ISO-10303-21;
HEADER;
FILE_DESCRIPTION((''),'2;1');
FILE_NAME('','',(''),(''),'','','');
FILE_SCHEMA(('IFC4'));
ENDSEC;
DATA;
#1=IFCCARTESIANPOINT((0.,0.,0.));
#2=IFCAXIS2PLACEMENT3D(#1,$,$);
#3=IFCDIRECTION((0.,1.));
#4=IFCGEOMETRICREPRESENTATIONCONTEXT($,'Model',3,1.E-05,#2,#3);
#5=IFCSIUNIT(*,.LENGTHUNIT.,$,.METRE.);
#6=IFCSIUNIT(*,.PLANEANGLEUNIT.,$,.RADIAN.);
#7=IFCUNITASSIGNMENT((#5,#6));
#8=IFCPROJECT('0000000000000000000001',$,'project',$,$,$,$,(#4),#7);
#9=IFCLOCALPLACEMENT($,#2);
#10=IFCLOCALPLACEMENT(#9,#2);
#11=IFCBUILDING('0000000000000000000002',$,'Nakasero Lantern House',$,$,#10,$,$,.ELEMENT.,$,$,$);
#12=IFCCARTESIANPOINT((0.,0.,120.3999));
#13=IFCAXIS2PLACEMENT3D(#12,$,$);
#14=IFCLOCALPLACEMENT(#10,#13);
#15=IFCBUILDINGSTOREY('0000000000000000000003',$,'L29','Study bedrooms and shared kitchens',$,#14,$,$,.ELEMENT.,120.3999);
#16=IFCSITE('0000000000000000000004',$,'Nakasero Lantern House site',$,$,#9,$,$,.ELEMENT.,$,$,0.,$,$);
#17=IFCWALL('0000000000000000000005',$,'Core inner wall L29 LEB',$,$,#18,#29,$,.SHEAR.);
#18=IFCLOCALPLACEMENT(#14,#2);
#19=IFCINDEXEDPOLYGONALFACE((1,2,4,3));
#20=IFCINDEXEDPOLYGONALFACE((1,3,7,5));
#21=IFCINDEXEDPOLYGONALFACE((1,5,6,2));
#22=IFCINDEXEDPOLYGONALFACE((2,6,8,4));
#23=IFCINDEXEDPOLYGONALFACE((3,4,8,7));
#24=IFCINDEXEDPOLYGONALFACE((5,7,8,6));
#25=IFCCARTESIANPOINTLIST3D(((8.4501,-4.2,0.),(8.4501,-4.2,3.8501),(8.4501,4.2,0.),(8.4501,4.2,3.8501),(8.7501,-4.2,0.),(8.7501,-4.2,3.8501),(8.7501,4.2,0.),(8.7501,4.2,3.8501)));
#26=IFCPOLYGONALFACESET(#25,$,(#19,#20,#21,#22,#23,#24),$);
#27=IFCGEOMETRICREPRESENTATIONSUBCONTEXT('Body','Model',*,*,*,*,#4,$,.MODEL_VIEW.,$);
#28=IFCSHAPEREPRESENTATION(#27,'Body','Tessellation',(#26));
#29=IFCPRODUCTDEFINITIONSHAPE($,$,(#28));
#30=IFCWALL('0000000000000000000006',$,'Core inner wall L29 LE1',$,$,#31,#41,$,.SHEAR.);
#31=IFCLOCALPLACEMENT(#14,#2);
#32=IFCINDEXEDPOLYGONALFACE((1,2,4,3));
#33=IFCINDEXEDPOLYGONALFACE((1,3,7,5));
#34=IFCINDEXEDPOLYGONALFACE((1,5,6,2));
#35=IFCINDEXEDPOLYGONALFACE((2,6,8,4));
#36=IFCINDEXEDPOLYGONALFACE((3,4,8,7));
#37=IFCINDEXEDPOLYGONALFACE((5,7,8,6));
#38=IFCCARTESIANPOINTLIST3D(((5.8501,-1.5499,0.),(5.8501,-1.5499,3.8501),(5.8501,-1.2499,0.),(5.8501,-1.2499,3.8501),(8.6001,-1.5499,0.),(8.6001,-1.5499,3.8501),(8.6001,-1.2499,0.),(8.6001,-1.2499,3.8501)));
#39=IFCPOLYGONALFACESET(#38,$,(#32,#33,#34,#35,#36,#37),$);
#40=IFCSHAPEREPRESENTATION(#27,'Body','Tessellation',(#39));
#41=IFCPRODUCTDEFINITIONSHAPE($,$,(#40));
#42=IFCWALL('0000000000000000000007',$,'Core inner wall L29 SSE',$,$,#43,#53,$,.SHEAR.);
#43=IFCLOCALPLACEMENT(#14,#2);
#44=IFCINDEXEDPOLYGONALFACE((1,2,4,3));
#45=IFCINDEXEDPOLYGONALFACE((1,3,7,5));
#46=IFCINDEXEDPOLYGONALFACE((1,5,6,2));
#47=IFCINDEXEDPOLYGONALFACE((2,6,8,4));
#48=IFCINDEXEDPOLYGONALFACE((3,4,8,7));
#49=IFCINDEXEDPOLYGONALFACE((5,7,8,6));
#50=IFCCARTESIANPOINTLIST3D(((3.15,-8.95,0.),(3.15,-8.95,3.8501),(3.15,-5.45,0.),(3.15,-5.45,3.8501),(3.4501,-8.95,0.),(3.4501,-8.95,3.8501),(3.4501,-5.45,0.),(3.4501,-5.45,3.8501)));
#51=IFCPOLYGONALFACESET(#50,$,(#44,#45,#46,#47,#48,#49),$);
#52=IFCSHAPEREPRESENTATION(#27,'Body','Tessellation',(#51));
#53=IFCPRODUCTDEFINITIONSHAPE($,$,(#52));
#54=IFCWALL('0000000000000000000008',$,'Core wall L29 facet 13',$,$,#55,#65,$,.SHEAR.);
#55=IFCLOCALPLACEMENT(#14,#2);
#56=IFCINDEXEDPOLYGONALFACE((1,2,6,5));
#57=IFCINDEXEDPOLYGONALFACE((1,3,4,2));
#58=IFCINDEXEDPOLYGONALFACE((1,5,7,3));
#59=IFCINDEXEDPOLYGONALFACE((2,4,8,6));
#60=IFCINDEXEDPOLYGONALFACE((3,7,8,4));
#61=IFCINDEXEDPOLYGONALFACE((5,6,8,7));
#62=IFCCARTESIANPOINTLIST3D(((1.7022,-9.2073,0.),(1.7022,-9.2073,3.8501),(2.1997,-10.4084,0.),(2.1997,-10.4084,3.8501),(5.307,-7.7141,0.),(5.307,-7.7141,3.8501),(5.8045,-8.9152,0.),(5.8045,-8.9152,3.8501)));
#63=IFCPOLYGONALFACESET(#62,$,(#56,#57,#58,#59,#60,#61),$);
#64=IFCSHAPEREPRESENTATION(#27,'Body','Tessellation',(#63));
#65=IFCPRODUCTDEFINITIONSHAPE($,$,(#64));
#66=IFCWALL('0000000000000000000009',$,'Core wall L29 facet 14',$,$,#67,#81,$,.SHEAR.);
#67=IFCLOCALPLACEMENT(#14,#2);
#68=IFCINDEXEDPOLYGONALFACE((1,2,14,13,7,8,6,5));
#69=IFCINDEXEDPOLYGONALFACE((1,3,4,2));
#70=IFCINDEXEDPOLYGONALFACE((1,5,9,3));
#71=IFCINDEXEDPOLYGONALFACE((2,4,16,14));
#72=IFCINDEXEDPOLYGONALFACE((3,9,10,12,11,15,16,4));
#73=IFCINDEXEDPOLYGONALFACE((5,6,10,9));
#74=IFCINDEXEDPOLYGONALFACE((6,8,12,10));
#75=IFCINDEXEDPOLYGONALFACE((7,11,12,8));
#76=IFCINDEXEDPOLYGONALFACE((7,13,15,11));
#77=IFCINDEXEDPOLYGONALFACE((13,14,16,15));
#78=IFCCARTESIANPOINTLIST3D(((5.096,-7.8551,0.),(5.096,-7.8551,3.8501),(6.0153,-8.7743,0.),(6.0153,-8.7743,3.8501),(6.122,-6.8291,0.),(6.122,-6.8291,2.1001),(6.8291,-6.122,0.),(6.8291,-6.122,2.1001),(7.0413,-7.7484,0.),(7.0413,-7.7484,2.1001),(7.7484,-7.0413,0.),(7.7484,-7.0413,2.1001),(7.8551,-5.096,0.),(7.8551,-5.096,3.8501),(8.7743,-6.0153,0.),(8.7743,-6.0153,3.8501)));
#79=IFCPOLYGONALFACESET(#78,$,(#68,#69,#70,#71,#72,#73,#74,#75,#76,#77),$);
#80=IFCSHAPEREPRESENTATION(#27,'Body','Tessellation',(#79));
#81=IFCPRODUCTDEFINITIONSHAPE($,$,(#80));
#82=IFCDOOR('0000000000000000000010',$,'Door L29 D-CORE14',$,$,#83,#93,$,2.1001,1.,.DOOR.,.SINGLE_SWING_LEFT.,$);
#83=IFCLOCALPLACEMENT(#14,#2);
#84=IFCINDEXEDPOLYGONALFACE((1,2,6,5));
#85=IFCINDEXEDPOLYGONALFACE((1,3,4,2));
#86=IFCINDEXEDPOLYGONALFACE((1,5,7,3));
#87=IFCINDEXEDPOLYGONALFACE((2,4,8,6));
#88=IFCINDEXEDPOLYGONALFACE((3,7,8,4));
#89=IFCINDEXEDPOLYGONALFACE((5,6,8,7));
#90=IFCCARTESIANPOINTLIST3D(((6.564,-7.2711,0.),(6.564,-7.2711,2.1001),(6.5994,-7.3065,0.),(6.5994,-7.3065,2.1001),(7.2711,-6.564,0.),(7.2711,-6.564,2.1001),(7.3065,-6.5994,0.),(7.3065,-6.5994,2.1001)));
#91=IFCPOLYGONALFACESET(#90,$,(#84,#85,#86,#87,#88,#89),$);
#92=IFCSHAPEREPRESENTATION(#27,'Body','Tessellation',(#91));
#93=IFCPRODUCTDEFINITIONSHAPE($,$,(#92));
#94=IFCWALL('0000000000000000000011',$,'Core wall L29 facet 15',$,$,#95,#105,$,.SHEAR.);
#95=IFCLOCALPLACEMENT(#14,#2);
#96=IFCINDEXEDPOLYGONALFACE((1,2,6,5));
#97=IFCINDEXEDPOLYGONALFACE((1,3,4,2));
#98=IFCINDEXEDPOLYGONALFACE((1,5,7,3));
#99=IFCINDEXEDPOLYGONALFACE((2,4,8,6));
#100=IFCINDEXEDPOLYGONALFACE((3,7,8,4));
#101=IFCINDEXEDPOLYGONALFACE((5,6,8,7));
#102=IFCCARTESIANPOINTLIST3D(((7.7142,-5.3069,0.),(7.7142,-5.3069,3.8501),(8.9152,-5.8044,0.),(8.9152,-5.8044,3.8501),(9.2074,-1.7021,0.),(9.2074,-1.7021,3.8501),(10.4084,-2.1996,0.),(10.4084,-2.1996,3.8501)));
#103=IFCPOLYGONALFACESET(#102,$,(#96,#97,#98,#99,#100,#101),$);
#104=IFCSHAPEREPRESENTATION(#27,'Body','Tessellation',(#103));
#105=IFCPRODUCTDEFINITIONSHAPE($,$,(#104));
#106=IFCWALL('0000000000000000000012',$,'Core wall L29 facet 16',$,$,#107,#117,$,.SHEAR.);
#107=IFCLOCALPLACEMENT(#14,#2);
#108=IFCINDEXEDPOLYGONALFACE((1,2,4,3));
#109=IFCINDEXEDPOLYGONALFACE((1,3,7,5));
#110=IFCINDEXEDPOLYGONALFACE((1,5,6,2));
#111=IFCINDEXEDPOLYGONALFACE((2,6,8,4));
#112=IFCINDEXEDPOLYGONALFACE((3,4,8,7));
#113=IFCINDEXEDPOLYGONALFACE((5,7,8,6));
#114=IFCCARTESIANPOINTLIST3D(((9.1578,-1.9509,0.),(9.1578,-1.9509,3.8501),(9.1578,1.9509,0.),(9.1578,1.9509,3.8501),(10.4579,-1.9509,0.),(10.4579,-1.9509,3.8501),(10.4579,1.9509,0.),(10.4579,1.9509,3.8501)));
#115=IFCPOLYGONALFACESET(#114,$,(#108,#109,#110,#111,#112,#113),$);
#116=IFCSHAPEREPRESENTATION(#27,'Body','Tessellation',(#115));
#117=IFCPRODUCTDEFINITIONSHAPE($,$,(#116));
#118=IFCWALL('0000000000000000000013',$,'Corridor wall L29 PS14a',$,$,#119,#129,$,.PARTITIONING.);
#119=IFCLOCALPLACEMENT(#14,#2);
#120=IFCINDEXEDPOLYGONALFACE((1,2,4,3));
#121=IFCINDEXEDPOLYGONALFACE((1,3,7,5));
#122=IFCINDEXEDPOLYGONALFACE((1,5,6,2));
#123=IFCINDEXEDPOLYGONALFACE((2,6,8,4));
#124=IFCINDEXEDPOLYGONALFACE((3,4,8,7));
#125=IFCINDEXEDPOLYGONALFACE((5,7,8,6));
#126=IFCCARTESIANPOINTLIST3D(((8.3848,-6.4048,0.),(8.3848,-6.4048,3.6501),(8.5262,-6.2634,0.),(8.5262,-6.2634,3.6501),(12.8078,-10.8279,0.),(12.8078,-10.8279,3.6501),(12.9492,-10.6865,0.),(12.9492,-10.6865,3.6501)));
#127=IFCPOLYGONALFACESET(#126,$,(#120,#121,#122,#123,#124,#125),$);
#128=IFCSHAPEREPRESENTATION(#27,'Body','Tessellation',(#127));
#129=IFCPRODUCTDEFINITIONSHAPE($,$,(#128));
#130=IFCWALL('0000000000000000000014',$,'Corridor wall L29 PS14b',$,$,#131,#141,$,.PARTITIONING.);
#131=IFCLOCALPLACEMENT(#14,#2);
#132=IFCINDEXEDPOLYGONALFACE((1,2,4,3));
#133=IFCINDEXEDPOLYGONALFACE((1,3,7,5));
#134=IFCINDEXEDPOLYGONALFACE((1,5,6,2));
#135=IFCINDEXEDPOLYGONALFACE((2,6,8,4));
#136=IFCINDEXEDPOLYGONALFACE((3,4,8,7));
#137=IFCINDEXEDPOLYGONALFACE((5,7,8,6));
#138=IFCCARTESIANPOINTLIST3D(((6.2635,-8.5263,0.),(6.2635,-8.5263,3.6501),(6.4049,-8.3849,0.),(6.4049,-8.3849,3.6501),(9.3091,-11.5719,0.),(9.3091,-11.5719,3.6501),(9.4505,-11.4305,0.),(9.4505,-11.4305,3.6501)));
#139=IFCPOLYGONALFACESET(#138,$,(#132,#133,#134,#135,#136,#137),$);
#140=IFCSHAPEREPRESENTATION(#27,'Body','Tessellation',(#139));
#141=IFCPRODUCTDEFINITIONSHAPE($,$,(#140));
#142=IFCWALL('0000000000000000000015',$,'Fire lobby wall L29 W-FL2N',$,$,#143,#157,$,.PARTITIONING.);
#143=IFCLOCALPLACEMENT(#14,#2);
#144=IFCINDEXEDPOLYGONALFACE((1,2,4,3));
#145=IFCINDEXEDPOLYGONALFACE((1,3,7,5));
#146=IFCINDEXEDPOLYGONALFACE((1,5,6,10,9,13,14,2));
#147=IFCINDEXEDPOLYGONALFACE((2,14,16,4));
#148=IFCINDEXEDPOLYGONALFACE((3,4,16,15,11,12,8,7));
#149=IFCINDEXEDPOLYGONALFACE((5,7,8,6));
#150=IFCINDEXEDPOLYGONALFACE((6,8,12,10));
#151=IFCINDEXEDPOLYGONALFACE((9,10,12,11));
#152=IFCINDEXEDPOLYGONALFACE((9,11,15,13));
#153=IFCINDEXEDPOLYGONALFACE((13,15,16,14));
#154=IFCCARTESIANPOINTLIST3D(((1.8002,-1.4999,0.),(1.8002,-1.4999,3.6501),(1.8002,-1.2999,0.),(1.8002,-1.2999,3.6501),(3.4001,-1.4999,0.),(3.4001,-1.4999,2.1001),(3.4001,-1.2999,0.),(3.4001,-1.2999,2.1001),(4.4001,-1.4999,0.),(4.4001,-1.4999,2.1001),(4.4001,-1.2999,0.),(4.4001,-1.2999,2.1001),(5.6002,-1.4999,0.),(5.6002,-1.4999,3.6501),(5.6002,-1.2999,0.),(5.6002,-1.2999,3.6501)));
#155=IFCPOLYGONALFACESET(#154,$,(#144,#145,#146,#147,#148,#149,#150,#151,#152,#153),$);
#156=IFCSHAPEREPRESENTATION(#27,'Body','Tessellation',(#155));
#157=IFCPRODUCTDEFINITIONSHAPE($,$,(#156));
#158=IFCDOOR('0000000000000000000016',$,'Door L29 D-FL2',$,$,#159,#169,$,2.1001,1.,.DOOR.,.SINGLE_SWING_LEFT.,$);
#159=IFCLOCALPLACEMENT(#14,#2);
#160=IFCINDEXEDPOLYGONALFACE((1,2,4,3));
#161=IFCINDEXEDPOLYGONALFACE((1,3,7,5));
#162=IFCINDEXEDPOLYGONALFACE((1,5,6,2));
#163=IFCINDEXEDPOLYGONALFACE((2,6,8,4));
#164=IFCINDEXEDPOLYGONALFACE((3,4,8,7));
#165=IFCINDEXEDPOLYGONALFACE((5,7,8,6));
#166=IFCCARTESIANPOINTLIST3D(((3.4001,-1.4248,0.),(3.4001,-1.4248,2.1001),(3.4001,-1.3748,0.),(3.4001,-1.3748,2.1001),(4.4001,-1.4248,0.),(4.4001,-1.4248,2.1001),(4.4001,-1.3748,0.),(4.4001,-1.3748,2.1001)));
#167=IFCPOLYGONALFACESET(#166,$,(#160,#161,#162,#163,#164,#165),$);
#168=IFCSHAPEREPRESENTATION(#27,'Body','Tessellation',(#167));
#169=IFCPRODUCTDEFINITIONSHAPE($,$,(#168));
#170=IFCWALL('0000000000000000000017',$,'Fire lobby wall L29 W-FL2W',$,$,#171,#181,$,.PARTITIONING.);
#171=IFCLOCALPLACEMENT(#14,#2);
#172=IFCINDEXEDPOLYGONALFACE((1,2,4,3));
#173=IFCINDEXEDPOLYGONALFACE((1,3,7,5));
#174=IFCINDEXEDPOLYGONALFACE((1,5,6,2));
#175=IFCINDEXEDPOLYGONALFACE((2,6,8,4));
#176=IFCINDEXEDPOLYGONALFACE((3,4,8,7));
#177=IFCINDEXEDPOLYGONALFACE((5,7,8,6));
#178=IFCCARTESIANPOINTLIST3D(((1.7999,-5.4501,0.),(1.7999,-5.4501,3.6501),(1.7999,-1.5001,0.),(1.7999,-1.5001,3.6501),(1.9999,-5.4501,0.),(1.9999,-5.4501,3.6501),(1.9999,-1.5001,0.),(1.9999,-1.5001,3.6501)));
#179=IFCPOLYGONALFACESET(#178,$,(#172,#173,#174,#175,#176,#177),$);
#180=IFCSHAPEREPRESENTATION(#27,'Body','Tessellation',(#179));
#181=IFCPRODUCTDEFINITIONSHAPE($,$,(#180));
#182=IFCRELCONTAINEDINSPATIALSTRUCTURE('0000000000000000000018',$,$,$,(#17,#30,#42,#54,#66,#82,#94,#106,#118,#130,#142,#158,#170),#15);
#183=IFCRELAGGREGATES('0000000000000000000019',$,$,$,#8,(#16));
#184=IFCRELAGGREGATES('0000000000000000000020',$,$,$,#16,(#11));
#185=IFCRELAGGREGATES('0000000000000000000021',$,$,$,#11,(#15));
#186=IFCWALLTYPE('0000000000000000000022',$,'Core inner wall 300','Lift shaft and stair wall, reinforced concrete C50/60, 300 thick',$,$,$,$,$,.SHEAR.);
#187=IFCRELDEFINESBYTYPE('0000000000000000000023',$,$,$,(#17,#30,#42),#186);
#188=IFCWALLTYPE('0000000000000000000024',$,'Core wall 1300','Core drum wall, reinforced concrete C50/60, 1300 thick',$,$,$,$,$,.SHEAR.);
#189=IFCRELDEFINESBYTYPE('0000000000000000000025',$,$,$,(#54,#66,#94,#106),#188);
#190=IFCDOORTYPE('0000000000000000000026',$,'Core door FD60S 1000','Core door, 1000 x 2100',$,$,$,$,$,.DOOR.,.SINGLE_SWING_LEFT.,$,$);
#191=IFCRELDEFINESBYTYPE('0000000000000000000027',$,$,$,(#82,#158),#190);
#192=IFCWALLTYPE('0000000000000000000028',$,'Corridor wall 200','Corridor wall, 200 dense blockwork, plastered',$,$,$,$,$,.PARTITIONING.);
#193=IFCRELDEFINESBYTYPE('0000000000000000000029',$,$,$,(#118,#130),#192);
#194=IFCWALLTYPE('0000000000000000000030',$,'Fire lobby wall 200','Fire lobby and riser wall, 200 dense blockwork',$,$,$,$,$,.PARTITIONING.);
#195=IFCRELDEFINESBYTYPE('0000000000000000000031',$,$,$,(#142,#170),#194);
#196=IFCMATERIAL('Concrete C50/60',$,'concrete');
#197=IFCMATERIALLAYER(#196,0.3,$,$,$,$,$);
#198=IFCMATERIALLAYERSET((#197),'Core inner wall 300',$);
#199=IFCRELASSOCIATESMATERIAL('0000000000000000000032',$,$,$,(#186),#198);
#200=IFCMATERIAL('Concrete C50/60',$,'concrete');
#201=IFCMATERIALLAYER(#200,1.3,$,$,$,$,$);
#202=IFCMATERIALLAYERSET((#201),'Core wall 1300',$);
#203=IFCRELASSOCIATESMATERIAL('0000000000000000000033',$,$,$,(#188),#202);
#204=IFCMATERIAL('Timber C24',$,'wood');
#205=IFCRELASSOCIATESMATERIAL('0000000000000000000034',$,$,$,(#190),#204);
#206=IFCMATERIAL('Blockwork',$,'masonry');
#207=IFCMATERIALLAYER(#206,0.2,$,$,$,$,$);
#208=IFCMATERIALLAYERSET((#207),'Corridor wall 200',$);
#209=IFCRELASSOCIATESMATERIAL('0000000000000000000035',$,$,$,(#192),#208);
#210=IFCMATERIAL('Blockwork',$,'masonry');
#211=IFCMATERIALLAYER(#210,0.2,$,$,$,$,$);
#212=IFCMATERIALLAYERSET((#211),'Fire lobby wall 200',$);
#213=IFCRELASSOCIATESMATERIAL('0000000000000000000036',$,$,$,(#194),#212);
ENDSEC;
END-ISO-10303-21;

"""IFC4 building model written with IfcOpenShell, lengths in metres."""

from ifc_helpers import new_model, si_unit, direction, frame, frame_2d, origin, place, context, subcontext, project, spatial, rectangle, extrude, material, layer, layer_set, type_object, element, fill, save


model = new_model("IFC4")

# Units and contexts
model_context = context("Model", 3, precision=1e-05, world=origin(), true_north=direction((0.0, 1.0)))
body_context = subcontext(model_context, "Body", "Model", "MODEL_VIEW")
ifc_project = project(units=[si_unit("LENGTHUNIT", "METRE"), si_unit("PLANEANGLEUNIT", "RADIAN")], contexts=[model_context])

# Site, building, storey
site_placement = place(None, origin())
site = spatial("IfcSite", under=ifc_project, at=site_placement, Name="Nakasero Lantern House site", CompositionType="ELEMENT", RefElevation=0.0)
building_placement = place(site_placement, origin())
building = spatial("IfcBuilding", under=site, at=building_placement, Name="Nakasero Lantern House", CompositionType="ELEMENT")
storey_placement = place(building_placement, frame((0.0, 0.0, 120.3999)))
storey = spatial("IfcBuildingStorey", under=building, at=storey_placement, Name="L29", Description="Study bedrooms and shared kitchens", CompositionType="ELEMENT", Elevation=120.3999)

# Shared definitions
ifc_material_1 = material(Name="Concrete C50/60", Category="concrete")
ifc_layer_1 = layer(ifc_material_1, 0.3)
ifc_layer_set_1 = layer_set([ifc_layer_1], Name="Core inner wall 300")
wall_type_1 = type_object("IfcWallType", Name="Core inner wall 300", Description="Lift shaft and stair wall, reinforced concrete C50/60, 300 thick", PredefinedType="SHEAR", material=ifc_layer_set_1)

# Walls
wall_1_placement = place(storey_placement, frame((8.6001, -4.2, 0.0), z_axis=(0.0, 0.0, 1.0), x_axis=(0.0, 1.0, 0.0)))
element("IfcWall", 1, at=wall_1_placement, inside=storey, type_object=wall_type_1, Name="Core inner wall L29 LEB", PredefinedType="SHEAR", context=body_context, shape_type="SweptSolid", body=[
    extrude(rectangle(XDim=8.3999, YDim=0.3, at=frame_2d((4.2, 0.0))), origin(), (0.0, 0.0, 1.0), 3.8501),
])
wall_2_placement = place(storey_placement, frame((5.8501, -1.3999, 0.0), z_axis=(0.0, 0.0, 1.0), x_axis=(1.0, 0.0, 0.0)))
element("IfcWall", 2, at=wall_2_placement, inside=storey, type_object=wall_type_1, Name="Core inner wall L29 LE1", PredefinedType="SHEAR", context=body_context, shape_type="SweptSolid", body=[
    extrude(rectangle(XDim=2.75, YDim=0.3, at=frame_2d((1.375, 0.0))), origin(), (0.0, 0.0, 1.0), 3.8501),
])
wall_3_placement = place(storey_placement, frame((3.3, -5.45, 0.0), z_axis=(0.0, 0.0, 1.0), x_axis=(0.0, -1.0, 0.0)))
element("IfcWall", 3, at=wall_3_placement, inside=storey, type_object=wall_type_1, Name="Core inner wall L29 SSE", PredefinedType="SHEAR", context=body_context, shape_type="SweptSolid", body=[
    extrude(rectangle(XDim=3.5, YDim=0.3, at=frame_2d((1.75, 0.0))), origin(), (0.0, 0.0, 1.0), 3.8501),
])
ifc_material_2 = material(Name="Concrete C50/60", Category="concrete")
ifc_layer_2 = layer(ifc_material_2, 1.3)
ifc_layer_set_2 = layer_set([ifc_layer_2], Name="Core wall 1300")
wall_type_2 = type_object("IfcWallType", Name="Core wall 1300", Description="Core drum wall, reinforced concrete C50/60, 1300 thick", PredefinedType="SHEAR", material=ifc_layer_set_2)
wall_4_placement = place(storey_placement, frame((1.9509, -9.8079, 0.0), z_axis=(0.0, 0.0, 1.0), x_axis=(0.923877, 0.382691, 0.0)))
element("IfcWall", 4, at=wall_4_placement, inside=storey, type_object=wall_type_2, Name="Core wall L29 facet 13", PredefinedType="SHEAR", context=body_context, shape_type="SweptSolid", body=[
    extrude(rectangle(XDim=3.9019, YDim=1.3, at=frame_2d((1.9509, 0.0))), origin(), (0.0, 0.0, 1.0), 3.8501),
])

# Wall, opening, door
wall_5_placement = place(storey_placement, frame((5.5557, -8.3147, 0.0), z_axis=(0.0, 0.0, 1.0), x_axis=(0.707107, 0.707107, 0.0)))
wall_5 = element("IfcWall", 5, at=wall_5_placement, inside=storey, type_object=wall_type_2, Name="Core wall L29 facet 14", PredefinedType="SHEAR", context=body_context, shape_type="SweptSolid", body=[
    extrude(rectangle(XDim=3.9019, YDim=1.3, at=frame_2d((1.9509, 0.0))), origin(), (0.0, 0.0, 1.0), 3.8501),
])
opening_1_placement = place(wall_5_placement, frame((1.4509, 0.0, 0.0)))
opening_1 = element("IfcOpeningElement", 6, at=opening_1_placement, cuts=wall_5, PredefinedType="OPENING", context=body_context, shape_type="SweptSolid", body=[
    extrude(rectangle(XDim=1.0, YDim=2.1001, at=frame_2d((0.5, 1.05))), frame((0.0, 0.6699, 0.0), z_axis=(0.0, -1.0, 0.0), x_axis=(1.0, 0.0, 0.0)), (0.0, 0.0, 1.0), 1.3401),
])
ifc_material_3 = material(Name="Timber C24", Category="wood")
door_type_1 = type_object("IfcDoorType", Name="Core door FD60S 1000", Description="Core door, 1000 x 2100", OperationType="SINGLE_SWING_LEFT", PredefinedType="DOOR", material=ifc_material_3)
door_1_placement = place(opening_1_placement, origin())
door_1 = element("IfcDoor", 7, at=door_1_placement, inside=storey, type_object=door_type_1, Name="Door L29 D-CORE14", OperationType="SINGLE_SWING_LEFT", OverallHeight=2.1001, OverallWidth=1.0, PredefinedType="DOOR", context=body_context, shape_type="SweptSolid", body=[
    extrude(rectangle(XDim=1.0, YDim=2.1001, at=frame_2d((0.5, 1.05))), frame((0.0, 0.0249, 0.0), z_axis=(0.0, -1.0, 0.0), x_axis=(1.0, 0.0, 0.0)), (0.0, 0.0, 1.0), 0.05),
])
fill(opening_1, door_1)

# Walls
for number, where, z_axis, x_axis, name in (
    (8, (8.3147, -5.5557, 0.0), (0.0, 0.0, 1.0), (0.382691, 0.923877, 0.0), "Core wall L29 facet 15"),
    (9, (9.8079, -1.9509, 0.0), (0.0, 0.0, 1.0), (0.0, 1.0, 0.0), "Core wall L29 facet 16"),
):
    element("IfcWall", number, at=place(storey_placement, frame(where, z_axis=z_axis, x_axis=x_axis)), inside=storey, type_object=wall_type_2, Name=name, PredefinedType="SHEAR", context=body_context, shape_type="SweptSolid", body=[
        extrude(rectangle(XDim=3.9019, YDim=1.3, at=frame_2d((1.9509, 0.0))), origin(), (0.0, 0.0, 1.0), 3.8501),
    ])
ifc_material_4 = material(Name="Blockwork", Category="masonry")
ifc_layer_3 = layer(ifc_material_4, 0.2)
ifc_layer_set_3 = layer_set([ifc_layer_3], Name="Corridor wall 200")
wall_type_3 = type_object("IfcWallType", Name="Corridor wall 200", Description="Corridor wall, 200 dense blockwork, plastered", PredefinedType="PARTITIONING", material=ifc_layer_set_3)
wall_6_placement = place(storey_placement, frame((8.4556, -6.3342, 0.0), z_axis=(0.0, 0.0, 1.0), x_axis=(0.707107, -0.707107, 0.0)))
element("IfcWall", 10, at=wall_6_placement, inside=storey, type_object=wall_type_3, Name="Corridor wall L29 PS14a", PredefinedType="PARTITIONING", context=body_context, shape_type="SweptSolid", body=[
    extrude(rectangle(XDim=6.2551, YDim=0.2, at=frame_2d((3.1274, 0.0))), origin(), (0.0, 0.0, 1.0), 3.6501),
])
wall_7_placement = place(storey_placement, frame((6.3342, -8.4556, 0.0), z_axis=(0.0, 0.0, 1.0), x_axis=(0.707107, -0.707107, 0.0)))
element("IfcWall", 11, at=wall_7_placement, inside=storey, type_object=wall_type_3, Name="Corridor wall L29 PS14b", PredefinedType="PARTITIONING", context=body_context, shape_type="SweptSolid", body=[
    extrude(rectangle(XDim=4.3071, YDim=0.2, at=frame_2d((2.1536, 0.0))), origin(), (0.0, 0.0, 1.0), 3.6501),
])

# Wall, opening, door
ifc_material_5 = material(Name="Blockwork", Category="masonry")
ifc_layer_4 = layer(ifc_material_5, 0.2)
ifc_layer_set_4 = layer_set([ifc_layer_4], Name="Fire lobby wall 200")
wall_type_4 = type_object("IfcWallType", Name="Fire lobby wall 200", Description="Fire lobby and riser wall, 200 dense blockwork", PredefinedType="PARTITIONING", material=ifc_layer_set_4)
wall_8_placement = place(storey_placement, frame((5.6001, -1.3999, 0.0), z_axis=(0.0, 0.0, 1.0), x_axis=(-1.0, 0.0, 0.0)))
wall_8 = element("IfcWall", 12, at=wall_8_placement, inside=storey, type_object=wall_type_4, Name="Fire lobby wall L29 W-FL2N", PredefinedType="PARTITIONING", context=body_context, shape_type="SweptSolid", body=[
    extrude(rectangle(XDim=3.8, YDim=0.2, at=frame_2d((1.8999, 0.0))), origin(), (0.0, 0.0, 1.0), 3.6501),
])
opening_2_placement = place(wall_8_placement, frame((1.2, 0.0, 0.0)))
opening_2 = element("IfcOpeningElement", 13, at=opening_2_placement, cuts=wall_8, PredefinedType="OPENING", context=body_context, shape_type="SweptSolid", body=[
    extrude(rectangle(XDim=1.0, YDim=2.1001, at=frame_2d((0.5, 1.05))), frame((0.0, 0.1199, 0.0), z_axis=(0.0, -1.0, 0.0), x_axis=(1.0, 0.0, 0.0)), (0.0, 0.0, 1.0), 0.24),
])
door_2_placement = place(opening_2_placement, origin())
door_2 = element("IfcDoor", 14, at=door_2_placement, inside=storey, type_object=door_type_1, Name="Door L29 D-FL2", OperationType="SINGLE_SWING_LEFT", OverallHeight=2.1001, OverallWidth=1.0, PredefinedType="DOOR", context=body_context, shape_type="SweptSolid", body=[
    extrude(rectangle(XDim=1.0, YDim=2.1001, at=frame_2d((0.5, 1.05))), frame((0.0, 0.0249, 0.0), z_axis=(0.0, -1.0, 0.0), x_axis=(1.0, 0.0, 0.0)), (0.0, 0.0, 1.0), 0.05),
])
fill(opening_2, door_2)

# Wall
wall_9_placement = place(storey_placement, frame((1.8999, -1.5, 0.0), z_axis=(0.0, 0.0, 1.0), x_axis=(0.0, -1.0, 0.0)))
element("IfcWall", 15, at=wall_9_placement, inside=storey, type_object=wall_type_4, Name="Fire lobby wall L29 W-FL2W", PredefinedType="PARTITIONING", context=body_context, shape_type="SweptSolid", body=[
    extrude(rectangle(XDim=3.95, YDim=0.2, at=frame_2d((1.9751, 0.0))), origin(), (0.0, 0.0, 1.0), 3.6501),
])

save(model, "model.ifc")
